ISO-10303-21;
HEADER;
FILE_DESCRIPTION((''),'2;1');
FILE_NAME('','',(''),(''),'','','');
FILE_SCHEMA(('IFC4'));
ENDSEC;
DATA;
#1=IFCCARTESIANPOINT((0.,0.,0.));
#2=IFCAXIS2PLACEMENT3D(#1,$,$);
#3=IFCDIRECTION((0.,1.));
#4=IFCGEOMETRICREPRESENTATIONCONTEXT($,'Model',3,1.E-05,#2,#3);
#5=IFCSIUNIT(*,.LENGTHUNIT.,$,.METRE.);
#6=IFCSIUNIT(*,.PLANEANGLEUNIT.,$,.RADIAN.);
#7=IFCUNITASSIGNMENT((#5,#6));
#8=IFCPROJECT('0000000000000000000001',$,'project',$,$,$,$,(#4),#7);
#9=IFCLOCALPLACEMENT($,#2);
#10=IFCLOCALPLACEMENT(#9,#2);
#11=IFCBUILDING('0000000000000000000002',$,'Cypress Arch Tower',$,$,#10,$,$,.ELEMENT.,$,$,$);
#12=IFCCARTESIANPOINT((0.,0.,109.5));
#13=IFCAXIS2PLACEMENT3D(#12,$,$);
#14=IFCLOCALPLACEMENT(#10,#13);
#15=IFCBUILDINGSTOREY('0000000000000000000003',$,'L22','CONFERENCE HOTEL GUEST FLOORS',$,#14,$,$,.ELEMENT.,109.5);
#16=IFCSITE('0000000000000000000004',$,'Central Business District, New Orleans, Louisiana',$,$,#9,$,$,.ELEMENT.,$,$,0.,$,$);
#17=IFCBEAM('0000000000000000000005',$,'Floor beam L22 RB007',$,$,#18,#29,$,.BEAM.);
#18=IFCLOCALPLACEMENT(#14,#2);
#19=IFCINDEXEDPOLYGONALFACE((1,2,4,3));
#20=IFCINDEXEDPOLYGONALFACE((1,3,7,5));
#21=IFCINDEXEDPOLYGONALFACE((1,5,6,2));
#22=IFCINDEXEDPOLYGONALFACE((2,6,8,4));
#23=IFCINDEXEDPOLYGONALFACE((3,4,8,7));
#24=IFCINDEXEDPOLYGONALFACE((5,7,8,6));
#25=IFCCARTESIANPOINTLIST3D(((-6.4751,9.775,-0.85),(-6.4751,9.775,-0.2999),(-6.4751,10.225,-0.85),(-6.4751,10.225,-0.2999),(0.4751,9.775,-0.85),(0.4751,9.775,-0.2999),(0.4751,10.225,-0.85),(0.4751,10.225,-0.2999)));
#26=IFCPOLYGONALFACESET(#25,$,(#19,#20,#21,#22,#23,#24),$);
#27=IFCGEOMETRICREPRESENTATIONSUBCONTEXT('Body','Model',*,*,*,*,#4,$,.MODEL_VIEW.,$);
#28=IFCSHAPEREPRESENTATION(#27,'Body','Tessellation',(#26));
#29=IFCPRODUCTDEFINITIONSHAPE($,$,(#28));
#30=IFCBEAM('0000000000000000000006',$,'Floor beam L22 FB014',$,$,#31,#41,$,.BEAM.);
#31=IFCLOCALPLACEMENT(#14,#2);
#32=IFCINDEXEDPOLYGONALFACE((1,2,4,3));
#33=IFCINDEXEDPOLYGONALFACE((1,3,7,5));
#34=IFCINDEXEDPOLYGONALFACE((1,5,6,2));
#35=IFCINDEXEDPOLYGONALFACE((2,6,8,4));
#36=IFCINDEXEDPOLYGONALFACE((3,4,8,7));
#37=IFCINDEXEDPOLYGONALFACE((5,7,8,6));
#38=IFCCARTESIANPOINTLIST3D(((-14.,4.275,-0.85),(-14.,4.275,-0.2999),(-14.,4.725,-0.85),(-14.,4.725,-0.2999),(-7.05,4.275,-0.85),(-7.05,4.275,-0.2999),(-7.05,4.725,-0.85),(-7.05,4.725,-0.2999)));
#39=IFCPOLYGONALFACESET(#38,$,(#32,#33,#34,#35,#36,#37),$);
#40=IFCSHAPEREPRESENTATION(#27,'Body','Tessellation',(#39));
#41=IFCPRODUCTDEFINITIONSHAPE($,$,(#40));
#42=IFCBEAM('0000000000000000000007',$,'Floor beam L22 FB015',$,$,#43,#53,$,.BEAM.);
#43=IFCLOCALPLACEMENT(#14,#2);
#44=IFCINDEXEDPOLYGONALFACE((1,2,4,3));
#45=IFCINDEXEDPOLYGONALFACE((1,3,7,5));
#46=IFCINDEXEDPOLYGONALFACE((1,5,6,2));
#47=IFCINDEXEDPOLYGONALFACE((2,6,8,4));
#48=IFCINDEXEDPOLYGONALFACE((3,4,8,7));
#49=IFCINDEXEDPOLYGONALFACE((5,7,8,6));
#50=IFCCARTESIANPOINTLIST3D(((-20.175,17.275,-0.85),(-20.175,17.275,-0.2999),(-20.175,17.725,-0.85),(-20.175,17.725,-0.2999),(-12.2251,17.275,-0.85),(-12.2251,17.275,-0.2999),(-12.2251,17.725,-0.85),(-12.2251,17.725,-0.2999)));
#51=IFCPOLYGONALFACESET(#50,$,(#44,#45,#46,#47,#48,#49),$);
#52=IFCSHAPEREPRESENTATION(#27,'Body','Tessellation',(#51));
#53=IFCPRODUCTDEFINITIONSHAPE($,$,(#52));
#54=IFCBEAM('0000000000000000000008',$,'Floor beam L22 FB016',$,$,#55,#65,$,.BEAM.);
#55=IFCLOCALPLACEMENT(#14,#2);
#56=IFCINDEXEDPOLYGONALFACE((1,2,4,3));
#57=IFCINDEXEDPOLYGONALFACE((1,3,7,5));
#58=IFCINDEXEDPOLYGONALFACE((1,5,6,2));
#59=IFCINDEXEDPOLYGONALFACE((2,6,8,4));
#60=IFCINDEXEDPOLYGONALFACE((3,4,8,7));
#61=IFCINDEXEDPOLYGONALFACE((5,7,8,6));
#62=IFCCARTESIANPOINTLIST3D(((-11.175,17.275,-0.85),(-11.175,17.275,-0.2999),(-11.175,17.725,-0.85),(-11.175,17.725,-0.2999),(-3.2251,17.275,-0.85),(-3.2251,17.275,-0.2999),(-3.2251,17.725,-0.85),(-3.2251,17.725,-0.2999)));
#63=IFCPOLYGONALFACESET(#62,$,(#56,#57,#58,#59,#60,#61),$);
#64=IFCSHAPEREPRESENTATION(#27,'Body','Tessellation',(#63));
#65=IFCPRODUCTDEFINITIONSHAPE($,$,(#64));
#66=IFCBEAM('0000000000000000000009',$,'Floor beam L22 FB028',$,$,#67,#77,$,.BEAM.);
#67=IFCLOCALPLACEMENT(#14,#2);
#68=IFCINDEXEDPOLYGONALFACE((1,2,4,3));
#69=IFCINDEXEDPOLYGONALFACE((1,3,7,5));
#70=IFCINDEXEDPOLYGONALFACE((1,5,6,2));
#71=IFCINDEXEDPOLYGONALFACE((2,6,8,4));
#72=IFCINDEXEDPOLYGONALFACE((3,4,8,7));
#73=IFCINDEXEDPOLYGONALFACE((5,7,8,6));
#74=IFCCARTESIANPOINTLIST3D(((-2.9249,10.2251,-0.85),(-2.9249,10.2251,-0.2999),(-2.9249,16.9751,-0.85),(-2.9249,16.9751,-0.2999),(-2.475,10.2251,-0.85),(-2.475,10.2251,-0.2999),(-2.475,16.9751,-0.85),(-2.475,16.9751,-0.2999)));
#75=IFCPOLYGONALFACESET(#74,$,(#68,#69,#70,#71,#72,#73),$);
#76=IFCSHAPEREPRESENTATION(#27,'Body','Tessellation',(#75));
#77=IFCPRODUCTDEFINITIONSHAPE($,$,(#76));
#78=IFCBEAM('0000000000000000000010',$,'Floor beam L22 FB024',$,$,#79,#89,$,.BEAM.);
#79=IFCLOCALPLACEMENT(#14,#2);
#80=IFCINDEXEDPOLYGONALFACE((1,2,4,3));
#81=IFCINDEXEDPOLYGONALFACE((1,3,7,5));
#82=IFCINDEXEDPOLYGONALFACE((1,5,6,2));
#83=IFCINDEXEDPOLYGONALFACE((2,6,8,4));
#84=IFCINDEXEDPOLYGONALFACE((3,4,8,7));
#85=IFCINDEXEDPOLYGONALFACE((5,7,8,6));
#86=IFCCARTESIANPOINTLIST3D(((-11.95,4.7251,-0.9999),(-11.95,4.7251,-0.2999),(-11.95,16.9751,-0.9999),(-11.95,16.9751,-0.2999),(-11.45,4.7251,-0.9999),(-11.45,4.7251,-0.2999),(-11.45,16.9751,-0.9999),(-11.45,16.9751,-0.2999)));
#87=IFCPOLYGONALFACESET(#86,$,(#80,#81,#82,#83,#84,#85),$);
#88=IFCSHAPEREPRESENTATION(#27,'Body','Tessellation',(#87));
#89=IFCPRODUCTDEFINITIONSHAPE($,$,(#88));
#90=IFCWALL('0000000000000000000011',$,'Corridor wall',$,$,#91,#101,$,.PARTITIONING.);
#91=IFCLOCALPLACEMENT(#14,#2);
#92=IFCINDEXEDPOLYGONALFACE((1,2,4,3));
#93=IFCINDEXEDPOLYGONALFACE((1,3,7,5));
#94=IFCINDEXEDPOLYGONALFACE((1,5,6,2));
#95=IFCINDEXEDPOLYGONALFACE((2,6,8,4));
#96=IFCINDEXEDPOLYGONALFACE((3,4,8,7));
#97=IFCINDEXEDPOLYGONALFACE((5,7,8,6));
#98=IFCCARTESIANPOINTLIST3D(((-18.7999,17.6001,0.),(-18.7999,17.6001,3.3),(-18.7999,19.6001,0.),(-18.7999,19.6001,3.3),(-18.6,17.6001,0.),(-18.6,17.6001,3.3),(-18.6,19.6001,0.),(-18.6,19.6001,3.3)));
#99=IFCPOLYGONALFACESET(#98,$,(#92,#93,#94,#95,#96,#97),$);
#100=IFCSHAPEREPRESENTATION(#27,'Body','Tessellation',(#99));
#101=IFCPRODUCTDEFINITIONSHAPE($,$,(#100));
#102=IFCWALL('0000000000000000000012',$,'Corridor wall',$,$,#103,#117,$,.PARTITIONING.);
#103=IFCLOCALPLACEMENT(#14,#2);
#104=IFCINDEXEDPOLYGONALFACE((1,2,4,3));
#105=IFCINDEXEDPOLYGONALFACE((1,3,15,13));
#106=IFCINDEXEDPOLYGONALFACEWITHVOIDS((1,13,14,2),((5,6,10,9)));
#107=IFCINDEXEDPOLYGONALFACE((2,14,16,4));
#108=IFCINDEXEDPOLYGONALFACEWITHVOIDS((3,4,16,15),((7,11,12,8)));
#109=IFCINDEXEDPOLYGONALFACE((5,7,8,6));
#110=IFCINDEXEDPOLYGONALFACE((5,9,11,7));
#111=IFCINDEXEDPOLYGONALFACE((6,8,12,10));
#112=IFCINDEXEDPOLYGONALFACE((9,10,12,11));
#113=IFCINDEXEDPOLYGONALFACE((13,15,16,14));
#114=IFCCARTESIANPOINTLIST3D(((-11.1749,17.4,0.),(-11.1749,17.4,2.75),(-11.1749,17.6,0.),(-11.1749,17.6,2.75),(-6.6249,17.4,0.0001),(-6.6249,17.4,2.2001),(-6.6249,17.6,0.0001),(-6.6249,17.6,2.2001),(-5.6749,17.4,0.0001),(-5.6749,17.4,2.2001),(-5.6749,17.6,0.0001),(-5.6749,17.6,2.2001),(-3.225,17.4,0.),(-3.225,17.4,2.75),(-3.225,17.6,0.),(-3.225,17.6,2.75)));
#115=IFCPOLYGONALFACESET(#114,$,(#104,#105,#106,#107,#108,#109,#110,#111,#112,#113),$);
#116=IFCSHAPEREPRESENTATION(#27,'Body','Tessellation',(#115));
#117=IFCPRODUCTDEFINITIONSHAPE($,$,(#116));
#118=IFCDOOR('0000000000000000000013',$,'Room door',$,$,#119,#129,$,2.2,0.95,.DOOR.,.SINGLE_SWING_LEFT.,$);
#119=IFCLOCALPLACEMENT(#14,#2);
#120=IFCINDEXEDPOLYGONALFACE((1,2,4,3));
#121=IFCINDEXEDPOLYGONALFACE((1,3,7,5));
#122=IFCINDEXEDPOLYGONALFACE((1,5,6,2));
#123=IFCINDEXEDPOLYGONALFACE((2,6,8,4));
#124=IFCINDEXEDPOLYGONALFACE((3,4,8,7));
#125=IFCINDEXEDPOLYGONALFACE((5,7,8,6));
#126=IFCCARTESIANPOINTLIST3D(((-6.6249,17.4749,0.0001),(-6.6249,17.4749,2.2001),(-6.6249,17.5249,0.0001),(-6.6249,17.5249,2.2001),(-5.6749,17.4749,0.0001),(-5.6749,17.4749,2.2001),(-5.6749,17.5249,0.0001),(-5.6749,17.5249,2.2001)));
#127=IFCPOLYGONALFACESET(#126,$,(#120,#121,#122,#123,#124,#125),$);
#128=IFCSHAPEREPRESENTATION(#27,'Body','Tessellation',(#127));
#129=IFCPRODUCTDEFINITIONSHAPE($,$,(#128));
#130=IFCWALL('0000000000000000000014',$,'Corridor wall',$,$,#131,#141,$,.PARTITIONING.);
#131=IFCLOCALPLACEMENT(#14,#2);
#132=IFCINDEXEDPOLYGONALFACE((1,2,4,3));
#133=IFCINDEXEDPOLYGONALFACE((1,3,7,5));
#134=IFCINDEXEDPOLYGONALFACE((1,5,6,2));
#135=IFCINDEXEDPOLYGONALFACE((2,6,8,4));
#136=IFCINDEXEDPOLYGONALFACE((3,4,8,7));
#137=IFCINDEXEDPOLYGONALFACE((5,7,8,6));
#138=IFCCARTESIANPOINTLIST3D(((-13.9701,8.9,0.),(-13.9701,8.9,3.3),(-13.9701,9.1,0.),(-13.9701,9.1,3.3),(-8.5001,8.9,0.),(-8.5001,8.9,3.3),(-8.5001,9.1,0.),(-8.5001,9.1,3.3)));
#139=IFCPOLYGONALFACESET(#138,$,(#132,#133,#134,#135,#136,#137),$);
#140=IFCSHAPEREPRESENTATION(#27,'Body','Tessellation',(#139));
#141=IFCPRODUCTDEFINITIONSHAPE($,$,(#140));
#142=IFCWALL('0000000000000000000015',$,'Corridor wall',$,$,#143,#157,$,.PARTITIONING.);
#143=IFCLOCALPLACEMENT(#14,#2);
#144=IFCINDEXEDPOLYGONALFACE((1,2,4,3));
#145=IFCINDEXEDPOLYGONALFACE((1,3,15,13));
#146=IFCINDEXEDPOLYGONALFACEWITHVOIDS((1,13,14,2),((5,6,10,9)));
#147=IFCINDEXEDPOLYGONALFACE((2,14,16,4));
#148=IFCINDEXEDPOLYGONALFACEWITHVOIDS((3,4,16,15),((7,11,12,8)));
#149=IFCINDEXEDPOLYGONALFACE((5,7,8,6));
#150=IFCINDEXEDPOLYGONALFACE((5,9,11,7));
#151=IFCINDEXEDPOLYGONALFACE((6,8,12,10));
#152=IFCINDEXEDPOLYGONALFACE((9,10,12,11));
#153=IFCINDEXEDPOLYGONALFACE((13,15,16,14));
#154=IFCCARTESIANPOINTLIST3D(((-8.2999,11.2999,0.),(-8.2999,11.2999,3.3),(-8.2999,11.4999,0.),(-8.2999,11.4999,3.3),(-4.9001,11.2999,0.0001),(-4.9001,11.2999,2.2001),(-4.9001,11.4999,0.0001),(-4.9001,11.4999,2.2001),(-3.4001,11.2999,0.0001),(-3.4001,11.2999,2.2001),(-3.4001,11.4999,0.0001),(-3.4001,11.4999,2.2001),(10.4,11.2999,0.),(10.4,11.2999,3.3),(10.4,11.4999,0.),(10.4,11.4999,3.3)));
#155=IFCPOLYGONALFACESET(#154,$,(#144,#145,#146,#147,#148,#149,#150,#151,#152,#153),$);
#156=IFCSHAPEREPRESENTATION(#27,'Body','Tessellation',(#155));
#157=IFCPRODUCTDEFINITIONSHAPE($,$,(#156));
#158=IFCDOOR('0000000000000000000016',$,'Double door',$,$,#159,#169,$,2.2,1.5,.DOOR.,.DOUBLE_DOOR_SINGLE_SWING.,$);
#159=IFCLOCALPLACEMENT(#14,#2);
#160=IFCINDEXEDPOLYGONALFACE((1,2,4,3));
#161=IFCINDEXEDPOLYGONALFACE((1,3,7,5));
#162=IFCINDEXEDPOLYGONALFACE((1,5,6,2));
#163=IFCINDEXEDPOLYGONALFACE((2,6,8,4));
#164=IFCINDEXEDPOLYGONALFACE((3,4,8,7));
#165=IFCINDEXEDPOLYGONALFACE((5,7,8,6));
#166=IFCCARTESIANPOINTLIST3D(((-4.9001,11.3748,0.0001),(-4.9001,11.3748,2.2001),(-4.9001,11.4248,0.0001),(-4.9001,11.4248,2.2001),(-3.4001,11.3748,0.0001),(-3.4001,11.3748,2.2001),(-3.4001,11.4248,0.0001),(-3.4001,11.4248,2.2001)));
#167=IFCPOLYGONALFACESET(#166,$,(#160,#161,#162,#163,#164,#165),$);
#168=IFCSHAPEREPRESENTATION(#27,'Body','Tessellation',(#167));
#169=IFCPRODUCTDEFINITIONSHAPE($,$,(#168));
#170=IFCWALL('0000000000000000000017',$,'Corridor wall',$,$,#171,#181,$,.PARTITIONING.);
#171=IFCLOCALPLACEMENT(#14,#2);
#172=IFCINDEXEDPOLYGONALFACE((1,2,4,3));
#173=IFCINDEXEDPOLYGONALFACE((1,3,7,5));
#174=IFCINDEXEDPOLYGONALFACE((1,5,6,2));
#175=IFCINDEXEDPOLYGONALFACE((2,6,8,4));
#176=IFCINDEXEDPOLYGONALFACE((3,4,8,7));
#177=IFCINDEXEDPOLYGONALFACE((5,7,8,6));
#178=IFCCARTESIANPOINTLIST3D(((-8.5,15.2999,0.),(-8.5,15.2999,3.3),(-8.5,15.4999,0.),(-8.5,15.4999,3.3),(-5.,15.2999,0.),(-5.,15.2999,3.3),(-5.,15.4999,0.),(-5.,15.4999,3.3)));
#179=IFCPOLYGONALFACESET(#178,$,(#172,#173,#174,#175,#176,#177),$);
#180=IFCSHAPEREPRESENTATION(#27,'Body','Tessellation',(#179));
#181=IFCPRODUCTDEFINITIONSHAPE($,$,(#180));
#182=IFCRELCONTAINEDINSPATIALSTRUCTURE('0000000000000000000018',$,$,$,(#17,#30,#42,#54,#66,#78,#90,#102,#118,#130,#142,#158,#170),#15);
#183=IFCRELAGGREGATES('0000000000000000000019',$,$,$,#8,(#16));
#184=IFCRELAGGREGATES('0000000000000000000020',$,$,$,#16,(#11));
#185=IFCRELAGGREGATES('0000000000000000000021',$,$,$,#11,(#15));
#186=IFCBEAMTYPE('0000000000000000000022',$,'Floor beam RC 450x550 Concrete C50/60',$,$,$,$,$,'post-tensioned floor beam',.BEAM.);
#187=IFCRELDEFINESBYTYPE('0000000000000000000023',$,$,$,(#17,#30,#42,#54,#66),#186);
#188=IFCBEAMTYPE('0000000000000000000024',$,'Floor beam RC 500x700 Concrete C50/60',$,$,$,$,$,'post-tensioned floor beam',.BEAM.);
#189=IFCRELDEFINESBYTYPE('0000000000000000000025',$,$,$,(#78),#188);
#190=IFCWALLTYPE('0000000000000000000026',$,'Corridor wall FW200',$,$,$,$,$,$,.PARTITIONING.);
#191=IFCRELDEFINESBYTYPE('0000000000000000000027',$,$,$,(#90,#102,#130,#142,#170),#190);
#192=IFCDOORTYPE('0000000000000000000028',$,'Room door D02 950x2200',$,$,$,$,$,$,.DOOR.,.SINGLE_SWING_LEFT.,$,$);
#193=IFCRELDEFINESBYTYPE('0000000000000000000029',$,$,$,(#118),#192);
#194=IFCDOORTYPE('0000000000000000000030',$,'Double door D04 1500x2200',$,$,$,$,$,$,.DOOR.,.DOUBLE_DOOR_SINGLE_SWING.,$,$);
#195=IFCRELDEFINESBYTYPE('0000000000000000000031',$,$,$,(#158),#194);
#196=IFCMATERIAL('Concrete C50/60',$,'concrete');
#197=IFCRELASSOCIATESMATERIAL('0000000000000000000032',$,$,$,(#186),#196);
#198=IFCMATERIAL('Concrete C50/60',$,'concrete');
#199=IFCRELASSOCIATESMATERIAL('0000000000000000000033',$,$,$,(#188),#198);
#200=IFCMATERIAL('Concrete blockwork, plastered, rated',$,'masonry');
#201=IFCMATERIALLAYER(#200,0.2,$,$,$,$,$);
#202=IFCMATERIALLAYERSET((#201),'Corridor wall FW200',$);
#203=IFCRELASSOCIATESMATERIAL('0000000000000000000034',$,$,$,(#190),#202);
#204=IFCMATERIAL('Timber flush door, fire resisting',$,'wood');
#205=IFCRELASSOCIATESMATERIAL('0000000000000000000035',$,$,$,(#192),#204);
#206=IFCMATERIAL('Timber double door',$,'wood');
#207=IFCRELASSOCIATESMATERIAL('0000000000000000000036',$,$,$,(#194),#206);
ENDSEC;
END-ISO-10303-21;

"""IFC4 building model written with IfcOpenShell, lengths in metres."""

from ifc_helpers import new_model, si_unit, direction, frame, frame_2d, origin, origin_2d, place, context, subcontext, project, spatial, rectangle, extrude, material, layer, layer_set, material_profile, profile_set, type_object, element, fill, save


model = new_model("IFC4")

# Units and contexts
model_context = context("Model", 3, precision=1e-05, world=origin(), true_north=direction((0.0, 1.0)))
body_context = subcontext(model_context, "Body", "Model", "MODEL_VIEW")
ifc_project = project(units=[si_unit("LENGTHUNIT", "METRE"), si_unit("PLANEANGLEUNIT", "RADIAN")], contexts=[model_context])

# Site, building, storey
site_placement = place(None, origin())
site = spatial("IfcSite", under=ifc_project, at=site_placement, Name="Central Business District, New Orleans, Louisiana", CompositionType="ELEMENT", RefElevation=0.0)
building_placement = place(site_placement, origin())
building = spatial("IfcBuilding", under=site, at=building_placement, Name="Cypress Arch Tower", CompositionType="ELEMENT")
storey_placement = place(building_placement, frame((0.0, 0.0, 109.5)))
storey = spatial("IfcBuildingStorey", under=building, at=storey_placement, Name="L22", Description="CONFERENCE HOTEL GUEST FLOORS", CompositionType="ELEMENT", Elevation=109.5)

# Beams
ifc_material_1 = material(Name="Concrete C50/60", Category="concrete")
ifc_material_profile_1 = material_profile(ifc_material_1, rectangle(XDim=0.45, YDim=0.55, at=origin_2d()), Name="RC 450x550")
ifc_profile_set_1 = profile_set([ifc_material_profile_1], Name="Concrete C50/60")
beam_type_1 = type_object("IfcBeamType", Name="Floor beam RC 450x550 Concrete C50/60", ElementType="post-tensioned floor beam", PredefinedType="BEAM", material=ifc_profile_set_1)
beam_1_placement = place(storey_placement, frame((-6.4751, 10.0, -0.575), z_axis=(1.0, 0.0, 0.0), x_axis=(0.0, 1.0, 0.0)))
element("IfcBeam", 1, at=beam_1_placement, inside=storey, type_object=beam_type_1, Name="Floor beam L22 RB007", PredefinedType="BEAM", context=body_context, shape_type="SweptSolid", body=[
    extrude(rectangle(XDim=0.45, YDim=0.55, at=origin_2d()), origin(), (0.0, 0.0, 1.0), 6.9502),
])
beam_2_placement = place(storey_placement, frame((-14.0, 4.5, -0.575), z_axis=(1.0, 0.0, 0.0), x_axis=(0.0, 1.0, 0.0)))
element("IfcBeam", 2, at=beam_2_placement, inside=storey, type_object=beam_type_1, Name="Floor beam L22 FB014", PredefinedType="BEAM", context=body_context, shape_type="SweptSolid", body=[
    extrude(rectangle(XDim=0.45, YDim=0.55, at=origin_2d()), origin(), (0.0, 0.0, 1.0), 6.95),
])
for number, where, z_axis, x_axis, name in (
    (3, (-20.175, 17.5, -0.575), (1.0, 0.0, 0.0), (0.0, 1.0, 0.0), "Floor beam L22 FB015"),
    (4, (-11.175, 17.5, -0.575), (1.0, 0.0, 0.0), (0.0, 1.0, 0.0), "Floor beam L22 FB016"),
):
    element("IfcBeam", number, at=place(storey_placement, frame(where, z_axis=z_axis, x_axis=x_axis)), inside=storey, type_object=beam_type_1, Name=name, PredefinedType="BEAM", context=body_context, shape_type="SweptSolid", body=[
        extrude(rectangle(XDim=0.45, YDim=0.55, at=origin_2d()), origin(), (0.0, 0.0, 1.0), 7.95),
    ])
beam_3_placement = place(storey_placement, frame((-2.7, 10.2251, -0.575), z_axis=(0.0, 1.0, 0.0), x_axis=(-1.0, 0.0, 0.0)))
element("IfcBeam", 5, at=beam_3_placement, inside=storey, type_object=beam_type_1, Name="Floor beam L22 FB028", PredefinedType="BEAM", context=body_context, shape_type="SweptSolid", body=[
    extrude(rectangle(XDim=0.45, YDim=0.55, at=origin_2d()), origin(), (0.0, 0.0, 1.0), 6.75),
])
ifc_material_2 = material(Name="Concrete C50/60", Category="concrete")
ifc_material_profile_2 = material_profile(ifc_material_2, rectangle(XDim=0.5, YDim=0.7, at=origin_2d()), Name="RC 500x700")
ifc_profile_set_2 = profile_set([ifc_material_profile_2], Name="Concrete C50/60")
beam_type_2 = type_object("IfcBeamType", Name="Floor beam RC 500x700 Concrete C50/60", ElementType="post-tensioned floor beam", PredefinedType="BEAM", material=ifc_profile_set_2)
beam_4_placement = place(storey_placement, frame((-11.7, 4.7251, -0.6499), z_axis=(0.0, 1.0, 0.0), x_axis=(-1.0, 0.0, 0.0)))
element("IfcBeam", 6, at=beam_4_placement, inside=storey, type_object=beam_type_2, Name="Floor beam L22 FB024", PredefinedType="BEAM", context=body_context, shape_type="SweptSolid", body=[
    extrude(rectangle(XDim=0.5, YDim=0.7, at=origin_2d()), origin(), (0.0, 0.0, 1.0), 12.25),
])

# Wall
ifc_material_3 = material(Name="Concrete blockwork, plastered, rated", Category="masonry")
ifc_layer_1 = layer(ifc_material_3, 0.2)
ifc_layer_set_1 = layer_set([ifc_layer_1], Name="Corridor wall FW200")
wall_type_1 = type_object("IfcWallType", Name="Corridor wall FW200", PredefinedType="PARTITIONING", material=ifc_layer_set_1)
wall_1_placement = place(storey_placement, frame((-18.7, 17.6001, 0.0), z_axis=(0.0, 0.0, 1.0), x_axis=(0.0, 1.0, 0.0)))
element("IfcWall", 7, at=wall_1_placement, inside=storey, type_object=wall_type_1, Name="Corridor wall", PredefinedType="PARTITIONING", context=body_context, shape_type="SweptSolid", body=[
    extrude(rectangle(XDim=2.0, YDim=0.2, at=frame_2d((1.0, 0.0))), origin(), (0.0, 0.0, 1.0), 3.3),
])

# Wall, opening, door
wall_2_placement = place(storey_placement, frame((-11.175, 17.5, 0.0), z_axis=(0.0, 0.0, 1.0), x_axis=(1.0, 0.0, 0.0)))
wall_2 = element("IfcWall", 8, at=wall_2_placement, inside=storey, type_object=wall_type_1, Name="Corridor wall", PredefinedType="PARTITIONING", context=body_context, shape_type="SweptSolid", body=[
    extrude(rectangle(XDim=7.95, YDim=0.2, at=frame_2d((3.9751, 0.0))), origin(), (0.0, 0.0, 1.0), 2.75),
])
opening_1_placement = place(wall_2_placement, frame((4.55, 0.0, 0.0)))
opening_1 = element("IfcOpeningElement", 9, at=opening_1_placement, cuts=wall_2, PredefinedType="OPENING", context=body_context, shape_type="SweptSolid", body=[
    extrude(rectangle(XDim=0.95, YDim=2.2, at=frame_2d((0.4751, 1.1001))), frame((0.0, 0.1099, 0.0), z_axis=(0.0, -1.0, 0.0), x_axis=(1.0, 0.0, 0.0)), (0.0, 0.0, 1.0), 0.22),
])
ifc_material_4 = material(Name="Timber flush door, fire resisting", Category="wood")
door_type_1 = type_object("IfcDoorType", Name="Room door D02 950x2200", OperationType="SINGLE_SWING_LEFT", PredefinedType="DOOR", material=ifc_material_4)
door_1_placement = place(opening_1_placement, origin())
door_1 = element("IfcDoor", 10, at=door_1_placement, inside=storey, type_object=door_type_1, Name="Room door", OperationType="SINGLE_SWING_LEFT", OverallHeight=2.2, OverallWidth=0.95, PredefinedType="DOOR", context=body_context, shape_type="SweptSolid", body=[
    extrude(rectangle(XDim=0.95, YDim=2.2, at=frame_2d((0.4751, 1.1001))), frame((0.0, 0.0249, 0.0), z_axis=(0.0, -1.0, 0.0), x_axis=(1.0, 0.0, 0.0)), (0.0, 0.0, 1.0), 0.05),
])
fill(opening_1, door_1)

# Wall
wall_3_placement = place(storey_placement, frame((-13.97, 9.0, 0.0), z_axis=(0.0, 0.0, 1.0), x_axis=(1.0, 0.0, 0.0)))
element("IfcWall", 11, at=wall_3_placement, inside=storey, type_object=wall_type_1, Name="Corridor wall", PredefinedType="PARTITIONING", context=body_context, shape_type="SweptSolid", body=[
    extrude(rectangle(XDim=5.47, YDim=0.2, at=frame_2d((2.7349, 0.0))), origin(), (0.0, 0.0, 1.0), 3.3),
])

# Wall, opening, door
wall_4_placement = place(storey_placement, frame((-8.3, 11.3999, 0.0), z_axis=(0.0, 0.0, 1.0), x_axis=(1.0, 0.0, 0.0)))
wall_4 = element("IfcWall", 12, at=wall_4_placement, inside=storey, type_object=wall_type_1, Name="Corridor wall", PredefinedType="PARTITIONING", context=body_context, shape_type="SweptSolid", body=[
    extrude(rectangle(XDim=18.7, YDim=0.2, at=frame_2d((9.3501, 0.0))), origin(), (0.0, 0.0, 1.0), 3.3),
])
opening_2_placement = place(wall_4_placement, frame((3.3999, 0.0, 0.0)))
opening_2 = element("IfcOpeningElement", 13, at=opening_2_placement, cuts=wall_4, PredefinedType="OPENING", context=body_context, shape_type="SweptSolid", body=[
    extrude(rectangle(XDim=1.5, YDim=2.2, at=frame_2d((0.75, 1.1001))), frame((0.0, 0.1099, 0.0), z_axis=(0.0, -1.0, 0.0), x_axis=(1.0, 0.0, 0.0)), (0.0, 0.0, 1.0), 0.22),
])
ifc_material_5 = material(Name="Timber double door", Category="wood")
door_type_2 = type_object("IfcDoorType", Name="Double door D04 1500x2200", OperationType="DOUBLE_DOOR_SINGLE_SWING", PredefinedType="DOOR", material=ifc_material_5)
door_2_placement = place(opening_2_placement, origin())
door_2 = element("IfcDoor", 14, at=door_2_placement, inside=storey, type_object=door_type_2, Name="Double door", OperationType="DOUBLE_DOOR_SINGLE_SWING", OverallHeight=2.2, OverallWidth=1.5, PredefinedType="DOOR", context=body_context, shape_type="SweptSolid", body=[
    extrude(rectangle(XDim=1.5, YDim=2.2, at=frame_2d((0.75, 1.1001))), frame((0.0, 0.0249, 0.0), z_axis=(0.0, -1.0, 0.0), x_axis=(1.0, 0.0, 0.0)), (0.0, 0.0, 1.0), 0.05),
])
fill(opening_2, door_2)

# Wall
wall_5_placement = place(storey_placement, frame((-8.5, 15.3999, 0.0), z_axis=(0.0, 0.0, 1.0), x_axis=(1.0, 0.0, 0.0)))
element("IfcWall", 15, at=wall_5_placement, inside=storey, type_object=wall_type_1, Name="Corridor wall", PredefinedType="PARTITIONING", context=body_context, shape_type="SweptSolid", body=[
    extrude(rectangle(XDim=3.5, YDim=0.2, at=frame_2d((1.75, 0.0))), origin(), (0.0, 0.0, 1.0), 3.3),
])

save(model, "model.ifc")
